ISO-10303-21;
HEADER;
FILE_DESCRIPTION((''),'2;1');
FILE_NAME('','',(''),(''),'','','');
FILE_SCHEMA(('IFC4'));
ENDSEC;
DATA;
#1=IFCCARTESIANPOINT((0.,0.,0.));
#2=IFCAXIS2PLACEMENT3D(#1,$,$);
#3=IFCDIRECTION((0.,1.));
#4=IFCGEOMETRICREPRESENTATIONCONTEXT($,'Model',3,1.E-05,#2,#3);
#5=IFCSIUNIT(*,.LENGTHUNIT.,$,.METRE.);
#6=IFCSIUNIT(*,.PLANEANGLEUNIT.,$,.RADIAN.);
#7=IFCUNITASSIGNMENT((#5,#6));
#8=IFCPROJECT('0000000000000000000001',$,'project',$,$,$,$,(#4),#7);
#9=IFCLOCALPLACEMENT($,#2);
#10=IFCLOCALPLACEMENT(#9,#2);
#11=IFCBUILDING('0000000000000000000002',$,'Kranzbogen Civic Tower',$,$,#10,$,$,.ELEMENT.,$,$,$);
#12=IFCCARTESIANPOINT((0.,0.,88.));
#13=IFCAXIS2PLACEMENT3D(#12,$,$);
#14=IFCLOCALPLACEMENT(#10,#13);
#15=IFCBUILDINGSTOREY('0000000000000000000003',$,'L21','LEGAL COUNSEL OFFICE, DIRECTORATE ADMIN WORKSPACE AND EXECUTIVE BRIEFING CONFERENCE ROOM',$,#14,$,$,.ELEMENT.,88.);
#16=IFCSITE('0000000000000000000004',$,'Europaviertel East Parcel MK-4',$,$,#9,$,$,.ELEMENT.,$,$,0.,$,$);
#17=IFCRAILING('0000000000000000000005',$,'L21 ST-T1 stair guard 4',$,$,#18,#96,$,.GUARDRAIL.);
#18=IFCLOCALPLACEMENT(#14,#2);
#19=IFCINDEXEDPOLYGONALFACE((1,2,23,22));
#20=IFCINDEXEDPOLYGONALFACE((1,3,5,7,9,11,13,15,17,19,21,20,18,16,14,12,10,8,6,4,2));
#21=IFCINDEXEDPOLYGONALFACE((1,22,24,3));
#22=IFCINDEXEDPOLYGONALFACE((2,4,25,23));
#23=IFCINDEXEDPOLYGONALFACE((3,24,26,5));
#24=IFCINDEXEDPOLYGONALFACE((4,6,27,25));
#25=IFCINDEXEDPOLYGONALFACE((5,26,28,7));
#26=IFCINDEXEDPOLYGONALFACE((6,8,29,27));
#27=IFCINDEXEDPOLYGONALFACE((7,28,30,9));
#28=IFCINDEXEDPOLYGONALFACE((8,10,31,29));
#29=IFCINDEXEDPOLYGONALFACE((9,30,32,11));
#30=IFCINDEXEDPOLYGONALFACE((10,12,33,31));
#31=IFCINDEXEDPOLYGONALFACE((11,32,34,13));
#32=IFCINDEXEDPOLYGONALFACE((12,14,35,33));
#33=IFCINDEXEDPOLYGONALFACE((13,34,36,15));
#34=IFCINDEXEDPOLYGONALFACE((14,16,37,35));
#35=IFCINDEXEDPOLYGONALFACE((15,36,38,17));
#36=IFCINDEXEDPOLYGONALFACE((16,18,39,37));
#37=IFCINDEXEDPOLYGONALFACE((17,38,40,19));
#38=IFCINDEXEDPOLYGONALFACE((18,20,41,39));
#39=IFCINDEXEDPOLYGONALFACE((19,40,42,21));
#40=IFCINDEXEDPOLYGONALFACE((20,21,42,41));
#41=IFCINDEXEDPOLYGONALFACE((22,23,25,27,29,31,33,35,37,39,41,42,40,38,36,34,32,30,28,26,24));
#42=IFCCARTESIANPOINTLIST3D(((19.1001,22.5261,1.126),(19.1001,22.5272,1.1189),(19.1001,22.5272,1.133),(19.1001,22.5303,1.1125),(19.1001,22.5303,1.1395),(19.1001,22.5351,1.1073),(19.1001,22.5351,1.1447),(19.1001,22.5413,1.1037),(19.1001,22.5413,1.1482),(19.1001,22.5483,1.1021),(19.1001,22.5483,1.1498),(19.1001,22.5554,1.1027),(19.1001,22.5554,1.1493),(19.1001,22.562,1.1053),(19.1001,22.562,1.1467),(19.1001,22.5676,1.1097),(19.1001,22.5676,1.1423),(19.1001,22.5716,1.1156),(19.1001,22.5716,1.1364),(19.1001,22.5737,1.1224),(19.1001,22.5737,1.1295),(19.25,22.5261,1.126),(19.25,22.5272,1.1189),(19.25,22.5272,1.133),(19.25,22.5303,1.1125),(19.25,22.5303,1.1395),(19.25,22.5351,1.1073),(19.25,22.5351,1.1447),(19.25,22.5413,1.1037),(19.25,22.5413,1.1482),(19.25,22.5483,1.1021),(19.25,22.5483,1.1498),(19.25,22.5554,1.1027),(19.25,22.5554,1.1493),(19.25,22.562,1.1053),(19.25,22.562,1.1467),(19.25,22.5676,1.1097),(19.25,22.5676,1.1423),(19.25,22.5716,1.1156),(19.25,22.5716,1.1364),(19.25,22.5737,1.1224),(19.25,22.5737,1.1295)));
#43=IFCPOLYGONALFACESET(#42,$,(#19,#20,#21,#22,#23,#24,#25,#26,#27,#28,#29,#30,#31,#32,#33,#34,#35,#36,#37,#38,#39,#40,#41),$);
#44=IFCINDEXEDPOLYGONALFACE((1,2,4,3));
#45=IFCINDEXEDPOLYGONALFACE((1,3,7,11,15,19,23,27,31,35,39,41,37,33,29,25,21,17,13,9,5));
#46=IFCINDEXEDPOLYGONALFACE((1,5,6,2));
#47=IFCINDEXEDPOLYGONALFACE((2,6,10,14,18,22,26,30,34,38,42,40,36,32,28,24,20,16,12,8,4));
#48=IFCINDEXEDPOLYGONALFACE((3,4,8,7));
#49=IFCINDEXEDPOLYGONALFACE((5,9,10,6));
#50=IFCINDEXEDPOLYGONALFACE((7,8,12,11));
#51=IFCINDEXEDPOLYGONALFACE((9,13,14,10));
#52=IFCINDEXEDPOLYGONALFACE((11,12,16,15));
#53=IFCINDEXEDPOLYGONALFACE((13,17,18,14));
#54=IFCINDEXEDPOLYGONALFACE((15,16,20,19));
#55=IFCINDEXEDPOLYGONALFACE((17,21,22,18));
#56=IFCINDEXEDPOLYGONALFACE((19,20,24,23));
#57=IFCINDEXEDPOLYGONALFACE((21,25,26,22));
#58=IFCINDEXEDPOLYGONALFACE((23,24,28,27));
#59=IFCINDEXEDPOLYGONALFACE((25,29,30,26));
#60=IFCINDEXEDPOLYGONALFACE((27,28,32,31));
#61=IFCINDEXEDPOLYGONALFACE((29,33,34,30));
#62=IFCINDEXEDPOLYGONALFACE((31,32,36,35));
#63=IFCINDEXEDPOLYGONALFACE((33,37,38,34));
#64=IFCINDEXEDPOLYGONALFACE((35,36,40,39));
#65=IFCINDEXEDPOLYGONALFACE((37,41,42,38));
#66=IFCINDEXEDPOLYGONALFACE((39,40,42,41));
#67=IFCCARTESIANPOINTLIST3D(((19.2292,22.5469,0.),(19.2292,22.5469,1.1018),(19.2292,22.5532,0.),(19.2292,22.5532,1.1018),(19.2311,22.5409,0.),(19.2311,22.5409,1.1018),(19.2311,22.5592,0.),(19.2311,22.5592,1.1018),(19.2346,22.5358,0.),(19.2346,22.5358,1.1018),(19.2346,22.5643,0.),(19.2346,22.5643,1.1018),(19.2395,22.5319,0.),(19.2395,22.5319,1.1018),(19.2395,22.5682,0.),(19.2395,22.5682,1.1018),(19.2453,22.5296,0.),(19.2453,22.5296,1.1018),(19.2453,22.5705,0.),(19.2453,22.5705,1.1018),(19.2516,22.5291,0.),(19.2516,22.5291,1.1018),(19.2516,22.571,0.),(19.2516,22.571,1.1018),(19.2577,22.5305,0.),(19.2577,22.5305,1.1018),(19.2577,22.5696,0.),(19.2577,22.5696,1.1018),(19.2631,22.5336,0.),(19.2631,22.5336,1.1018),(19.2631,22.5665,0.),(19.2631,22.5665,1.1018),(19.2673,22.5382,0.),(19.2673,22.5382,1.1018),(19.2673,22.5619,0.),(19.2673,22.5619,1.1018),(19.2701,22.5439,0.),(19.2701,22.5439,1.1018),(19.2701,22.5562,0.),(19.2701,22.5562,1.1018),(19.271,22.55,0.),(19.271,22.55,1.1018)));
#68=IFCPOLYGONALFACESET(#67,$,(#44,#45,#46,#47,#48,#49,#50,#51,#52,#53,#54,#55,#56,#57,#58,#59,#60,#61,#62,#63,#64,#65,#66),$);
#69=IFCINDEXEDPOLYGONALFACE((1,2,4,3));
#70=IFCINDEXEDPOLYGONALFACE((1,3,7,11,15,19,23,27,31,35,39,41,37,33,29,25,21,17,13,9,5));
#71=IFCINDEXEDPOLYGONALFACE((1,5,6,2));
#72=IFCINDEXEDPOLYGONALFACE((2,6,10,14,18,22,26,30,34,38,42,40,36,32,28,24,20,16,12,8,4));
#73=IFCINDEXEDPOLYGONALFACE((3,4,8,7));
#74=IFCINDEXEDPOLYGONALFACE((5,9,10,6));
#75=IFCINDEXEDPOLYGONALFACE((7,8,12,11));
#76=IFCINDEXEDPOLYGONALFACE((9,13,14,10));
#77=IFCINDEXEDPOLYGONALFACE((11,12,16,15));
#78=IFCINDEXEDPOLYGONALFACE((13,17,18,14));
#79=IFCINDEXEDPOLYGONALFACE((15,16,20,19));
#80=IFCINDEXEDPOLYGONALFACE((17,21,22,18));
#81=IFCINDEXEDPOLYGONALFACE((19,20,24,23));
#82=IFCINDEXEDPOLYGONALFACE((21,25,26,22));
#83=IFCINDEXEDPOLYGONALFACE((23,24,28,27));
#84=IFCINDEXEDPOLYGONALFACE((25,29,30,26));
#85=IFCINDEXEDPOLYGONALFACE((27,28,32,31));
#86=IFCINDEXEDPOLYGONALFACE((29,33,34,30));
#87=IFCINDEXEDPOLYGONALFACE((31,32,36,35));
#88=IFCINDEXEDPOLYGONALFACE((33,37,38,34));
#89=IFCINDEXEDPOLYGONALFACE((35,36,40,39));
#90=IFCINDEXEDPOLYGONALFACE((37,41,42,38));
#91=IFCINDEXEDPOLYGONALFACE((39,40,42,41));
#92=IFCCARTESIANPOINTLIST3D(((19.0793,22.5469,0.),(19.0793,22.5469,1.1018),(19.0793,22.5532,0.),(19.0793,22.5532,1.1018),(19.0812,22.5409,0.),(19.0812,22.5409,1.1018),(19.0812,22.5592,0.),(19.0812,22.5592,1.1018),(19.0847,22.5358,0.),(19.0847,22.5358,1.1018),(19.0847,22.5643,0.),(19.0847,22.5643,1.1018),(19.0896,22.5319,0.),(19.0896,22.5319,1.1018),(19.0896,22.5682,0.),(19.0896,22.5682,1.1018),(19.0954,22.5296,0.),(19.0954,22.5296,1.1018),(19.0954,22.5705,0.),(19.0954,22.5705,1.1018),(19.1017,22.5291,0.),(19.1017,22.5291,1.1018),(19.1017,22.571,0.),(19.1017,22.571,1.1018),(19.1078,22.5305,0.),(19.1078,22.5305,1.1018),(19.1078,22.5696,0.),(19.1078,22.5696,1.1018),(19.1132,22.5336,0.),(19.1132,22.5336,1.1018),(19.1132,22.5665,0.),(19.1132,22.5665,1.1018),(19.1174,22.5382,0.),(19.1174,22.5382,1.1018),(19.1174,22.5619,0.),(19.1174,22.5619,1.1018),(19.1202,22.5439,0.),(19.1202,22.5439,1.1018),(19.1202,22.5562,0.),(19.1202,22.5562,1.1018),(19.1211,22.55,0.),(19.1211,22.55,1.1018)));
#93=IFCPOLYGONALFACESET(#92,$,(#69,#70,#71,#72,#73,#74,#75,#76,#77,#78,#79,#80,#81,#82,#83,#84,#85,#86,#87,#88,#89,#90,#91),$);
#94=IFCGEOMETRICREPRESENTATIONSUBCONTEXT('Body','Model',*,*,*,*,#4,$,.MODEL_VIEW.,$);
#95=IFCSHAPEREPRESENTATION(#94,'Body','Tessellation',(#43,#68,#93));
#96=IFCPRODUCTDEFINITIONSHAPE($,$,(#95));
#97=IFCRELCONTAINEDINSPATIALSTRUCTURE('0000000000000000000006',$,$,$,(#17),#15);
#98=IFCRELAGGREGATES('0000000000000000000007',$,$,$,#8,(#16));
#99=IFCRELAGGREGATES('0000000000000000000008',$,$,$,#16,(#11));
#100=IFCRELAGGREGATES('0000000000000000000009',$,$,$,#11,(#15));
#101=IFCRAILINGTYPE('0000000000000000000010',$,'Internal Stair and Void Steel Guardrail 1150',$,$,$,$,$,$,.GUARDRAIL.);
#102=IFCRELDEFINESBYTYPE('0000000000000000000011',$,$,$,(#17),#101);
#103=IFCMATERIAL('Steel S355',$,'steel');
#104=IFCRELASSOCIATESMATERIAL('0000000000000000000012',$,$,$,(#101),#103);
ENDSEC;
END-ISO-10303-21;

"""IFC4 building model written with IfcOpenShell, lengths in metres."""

from ifc_helpers import new_model, si_unit, direction, frame, origin, origin_2d, place, context, subcontext, project, spatial, circle, extrude, material, type_object, element, save


model = new_model("IFC4")

# Units and contexts
model_context = context("Model", 3, precision=1e-05, world=origin(), true_north=direction((0.0, 1.0)))
body_context = subcontext(model_context, "Body", "Model", "MODEL_VIEW")
ifc_project = project(units=[si_unit("LENGTHUNIT", "METRE"), si_unit("PLANEANGLEUNIT", "RADIAN")], contexts=[model_context])

# Site, building, storey
site_placement = place(None, origin())
site = spatial("IfcSite", under=ifc_project, at=site_placement, Name="Europaviertel East Parcel MK-4", CompositionType="ELEMENT", RefElevation=0.0)
building_placement = place(site_placement, origin())
building = spatial("IfcBuilding", under=site, at=building_placement, Name="Kranzbogen Civic Tower", CompositionType="ELEMENT")
storey_placement = place(building_placement, frame((0.0, 0.0, 88.0)))
storey = spatial("IfcBuildingStorey", under=building, at=storey_placement, Name="L21", Description="LEGAL COUNSEL OFFICE, DIRECTORATE ADMIN WORKSPACE AND EXECUTIVE BRIEFING CONFERENCE ROOM", CompositionType="ELEMENT", Elevation=88.0)

# Shared definitions
ifc_material_1 = material(Name="Steel S355", Category="steel")

# Railing
railing_type_1 = type_object("IfcRailingType", Name="Internal Stair and Void Steel Guardrail 1150", PredefinedType="GUARDRAIL", material=ifc_material_1)
railing_1_placement = place(storey_placement, frame((19.25, 22.55, 0.0)))
element("IfcRailing", 1, at=railing_1_placement, inside=storey, type_object=railing_type_1, Name="L21 ST-T1 stair guard 4", PredefinedType="GUARDRAIL", context=body_context, shape_type="SweptSolid", body=[
    extrude(circle(Radius=0.0239, at=origin_2d()), frame((0.0, 0.0, 1.126), z_axis=(-1.0, 0.0, 0.0), x_axis=(0.0, -1.0, 0.0)), (0.0, 0.0, 1.0), 0.1499),
    extrude(circle(Radius=0.021, at=origin_2d()), origin(), (0.0, 0.0, 1.0), 1.1018),
    extrude(circle(Radius=0.021, at=origin_2d()), frame((-0.1499, 0.0, 0.0)), (0.0, 0.0, 1.0), 1.1018),
])

save(model, "model.ifc")
